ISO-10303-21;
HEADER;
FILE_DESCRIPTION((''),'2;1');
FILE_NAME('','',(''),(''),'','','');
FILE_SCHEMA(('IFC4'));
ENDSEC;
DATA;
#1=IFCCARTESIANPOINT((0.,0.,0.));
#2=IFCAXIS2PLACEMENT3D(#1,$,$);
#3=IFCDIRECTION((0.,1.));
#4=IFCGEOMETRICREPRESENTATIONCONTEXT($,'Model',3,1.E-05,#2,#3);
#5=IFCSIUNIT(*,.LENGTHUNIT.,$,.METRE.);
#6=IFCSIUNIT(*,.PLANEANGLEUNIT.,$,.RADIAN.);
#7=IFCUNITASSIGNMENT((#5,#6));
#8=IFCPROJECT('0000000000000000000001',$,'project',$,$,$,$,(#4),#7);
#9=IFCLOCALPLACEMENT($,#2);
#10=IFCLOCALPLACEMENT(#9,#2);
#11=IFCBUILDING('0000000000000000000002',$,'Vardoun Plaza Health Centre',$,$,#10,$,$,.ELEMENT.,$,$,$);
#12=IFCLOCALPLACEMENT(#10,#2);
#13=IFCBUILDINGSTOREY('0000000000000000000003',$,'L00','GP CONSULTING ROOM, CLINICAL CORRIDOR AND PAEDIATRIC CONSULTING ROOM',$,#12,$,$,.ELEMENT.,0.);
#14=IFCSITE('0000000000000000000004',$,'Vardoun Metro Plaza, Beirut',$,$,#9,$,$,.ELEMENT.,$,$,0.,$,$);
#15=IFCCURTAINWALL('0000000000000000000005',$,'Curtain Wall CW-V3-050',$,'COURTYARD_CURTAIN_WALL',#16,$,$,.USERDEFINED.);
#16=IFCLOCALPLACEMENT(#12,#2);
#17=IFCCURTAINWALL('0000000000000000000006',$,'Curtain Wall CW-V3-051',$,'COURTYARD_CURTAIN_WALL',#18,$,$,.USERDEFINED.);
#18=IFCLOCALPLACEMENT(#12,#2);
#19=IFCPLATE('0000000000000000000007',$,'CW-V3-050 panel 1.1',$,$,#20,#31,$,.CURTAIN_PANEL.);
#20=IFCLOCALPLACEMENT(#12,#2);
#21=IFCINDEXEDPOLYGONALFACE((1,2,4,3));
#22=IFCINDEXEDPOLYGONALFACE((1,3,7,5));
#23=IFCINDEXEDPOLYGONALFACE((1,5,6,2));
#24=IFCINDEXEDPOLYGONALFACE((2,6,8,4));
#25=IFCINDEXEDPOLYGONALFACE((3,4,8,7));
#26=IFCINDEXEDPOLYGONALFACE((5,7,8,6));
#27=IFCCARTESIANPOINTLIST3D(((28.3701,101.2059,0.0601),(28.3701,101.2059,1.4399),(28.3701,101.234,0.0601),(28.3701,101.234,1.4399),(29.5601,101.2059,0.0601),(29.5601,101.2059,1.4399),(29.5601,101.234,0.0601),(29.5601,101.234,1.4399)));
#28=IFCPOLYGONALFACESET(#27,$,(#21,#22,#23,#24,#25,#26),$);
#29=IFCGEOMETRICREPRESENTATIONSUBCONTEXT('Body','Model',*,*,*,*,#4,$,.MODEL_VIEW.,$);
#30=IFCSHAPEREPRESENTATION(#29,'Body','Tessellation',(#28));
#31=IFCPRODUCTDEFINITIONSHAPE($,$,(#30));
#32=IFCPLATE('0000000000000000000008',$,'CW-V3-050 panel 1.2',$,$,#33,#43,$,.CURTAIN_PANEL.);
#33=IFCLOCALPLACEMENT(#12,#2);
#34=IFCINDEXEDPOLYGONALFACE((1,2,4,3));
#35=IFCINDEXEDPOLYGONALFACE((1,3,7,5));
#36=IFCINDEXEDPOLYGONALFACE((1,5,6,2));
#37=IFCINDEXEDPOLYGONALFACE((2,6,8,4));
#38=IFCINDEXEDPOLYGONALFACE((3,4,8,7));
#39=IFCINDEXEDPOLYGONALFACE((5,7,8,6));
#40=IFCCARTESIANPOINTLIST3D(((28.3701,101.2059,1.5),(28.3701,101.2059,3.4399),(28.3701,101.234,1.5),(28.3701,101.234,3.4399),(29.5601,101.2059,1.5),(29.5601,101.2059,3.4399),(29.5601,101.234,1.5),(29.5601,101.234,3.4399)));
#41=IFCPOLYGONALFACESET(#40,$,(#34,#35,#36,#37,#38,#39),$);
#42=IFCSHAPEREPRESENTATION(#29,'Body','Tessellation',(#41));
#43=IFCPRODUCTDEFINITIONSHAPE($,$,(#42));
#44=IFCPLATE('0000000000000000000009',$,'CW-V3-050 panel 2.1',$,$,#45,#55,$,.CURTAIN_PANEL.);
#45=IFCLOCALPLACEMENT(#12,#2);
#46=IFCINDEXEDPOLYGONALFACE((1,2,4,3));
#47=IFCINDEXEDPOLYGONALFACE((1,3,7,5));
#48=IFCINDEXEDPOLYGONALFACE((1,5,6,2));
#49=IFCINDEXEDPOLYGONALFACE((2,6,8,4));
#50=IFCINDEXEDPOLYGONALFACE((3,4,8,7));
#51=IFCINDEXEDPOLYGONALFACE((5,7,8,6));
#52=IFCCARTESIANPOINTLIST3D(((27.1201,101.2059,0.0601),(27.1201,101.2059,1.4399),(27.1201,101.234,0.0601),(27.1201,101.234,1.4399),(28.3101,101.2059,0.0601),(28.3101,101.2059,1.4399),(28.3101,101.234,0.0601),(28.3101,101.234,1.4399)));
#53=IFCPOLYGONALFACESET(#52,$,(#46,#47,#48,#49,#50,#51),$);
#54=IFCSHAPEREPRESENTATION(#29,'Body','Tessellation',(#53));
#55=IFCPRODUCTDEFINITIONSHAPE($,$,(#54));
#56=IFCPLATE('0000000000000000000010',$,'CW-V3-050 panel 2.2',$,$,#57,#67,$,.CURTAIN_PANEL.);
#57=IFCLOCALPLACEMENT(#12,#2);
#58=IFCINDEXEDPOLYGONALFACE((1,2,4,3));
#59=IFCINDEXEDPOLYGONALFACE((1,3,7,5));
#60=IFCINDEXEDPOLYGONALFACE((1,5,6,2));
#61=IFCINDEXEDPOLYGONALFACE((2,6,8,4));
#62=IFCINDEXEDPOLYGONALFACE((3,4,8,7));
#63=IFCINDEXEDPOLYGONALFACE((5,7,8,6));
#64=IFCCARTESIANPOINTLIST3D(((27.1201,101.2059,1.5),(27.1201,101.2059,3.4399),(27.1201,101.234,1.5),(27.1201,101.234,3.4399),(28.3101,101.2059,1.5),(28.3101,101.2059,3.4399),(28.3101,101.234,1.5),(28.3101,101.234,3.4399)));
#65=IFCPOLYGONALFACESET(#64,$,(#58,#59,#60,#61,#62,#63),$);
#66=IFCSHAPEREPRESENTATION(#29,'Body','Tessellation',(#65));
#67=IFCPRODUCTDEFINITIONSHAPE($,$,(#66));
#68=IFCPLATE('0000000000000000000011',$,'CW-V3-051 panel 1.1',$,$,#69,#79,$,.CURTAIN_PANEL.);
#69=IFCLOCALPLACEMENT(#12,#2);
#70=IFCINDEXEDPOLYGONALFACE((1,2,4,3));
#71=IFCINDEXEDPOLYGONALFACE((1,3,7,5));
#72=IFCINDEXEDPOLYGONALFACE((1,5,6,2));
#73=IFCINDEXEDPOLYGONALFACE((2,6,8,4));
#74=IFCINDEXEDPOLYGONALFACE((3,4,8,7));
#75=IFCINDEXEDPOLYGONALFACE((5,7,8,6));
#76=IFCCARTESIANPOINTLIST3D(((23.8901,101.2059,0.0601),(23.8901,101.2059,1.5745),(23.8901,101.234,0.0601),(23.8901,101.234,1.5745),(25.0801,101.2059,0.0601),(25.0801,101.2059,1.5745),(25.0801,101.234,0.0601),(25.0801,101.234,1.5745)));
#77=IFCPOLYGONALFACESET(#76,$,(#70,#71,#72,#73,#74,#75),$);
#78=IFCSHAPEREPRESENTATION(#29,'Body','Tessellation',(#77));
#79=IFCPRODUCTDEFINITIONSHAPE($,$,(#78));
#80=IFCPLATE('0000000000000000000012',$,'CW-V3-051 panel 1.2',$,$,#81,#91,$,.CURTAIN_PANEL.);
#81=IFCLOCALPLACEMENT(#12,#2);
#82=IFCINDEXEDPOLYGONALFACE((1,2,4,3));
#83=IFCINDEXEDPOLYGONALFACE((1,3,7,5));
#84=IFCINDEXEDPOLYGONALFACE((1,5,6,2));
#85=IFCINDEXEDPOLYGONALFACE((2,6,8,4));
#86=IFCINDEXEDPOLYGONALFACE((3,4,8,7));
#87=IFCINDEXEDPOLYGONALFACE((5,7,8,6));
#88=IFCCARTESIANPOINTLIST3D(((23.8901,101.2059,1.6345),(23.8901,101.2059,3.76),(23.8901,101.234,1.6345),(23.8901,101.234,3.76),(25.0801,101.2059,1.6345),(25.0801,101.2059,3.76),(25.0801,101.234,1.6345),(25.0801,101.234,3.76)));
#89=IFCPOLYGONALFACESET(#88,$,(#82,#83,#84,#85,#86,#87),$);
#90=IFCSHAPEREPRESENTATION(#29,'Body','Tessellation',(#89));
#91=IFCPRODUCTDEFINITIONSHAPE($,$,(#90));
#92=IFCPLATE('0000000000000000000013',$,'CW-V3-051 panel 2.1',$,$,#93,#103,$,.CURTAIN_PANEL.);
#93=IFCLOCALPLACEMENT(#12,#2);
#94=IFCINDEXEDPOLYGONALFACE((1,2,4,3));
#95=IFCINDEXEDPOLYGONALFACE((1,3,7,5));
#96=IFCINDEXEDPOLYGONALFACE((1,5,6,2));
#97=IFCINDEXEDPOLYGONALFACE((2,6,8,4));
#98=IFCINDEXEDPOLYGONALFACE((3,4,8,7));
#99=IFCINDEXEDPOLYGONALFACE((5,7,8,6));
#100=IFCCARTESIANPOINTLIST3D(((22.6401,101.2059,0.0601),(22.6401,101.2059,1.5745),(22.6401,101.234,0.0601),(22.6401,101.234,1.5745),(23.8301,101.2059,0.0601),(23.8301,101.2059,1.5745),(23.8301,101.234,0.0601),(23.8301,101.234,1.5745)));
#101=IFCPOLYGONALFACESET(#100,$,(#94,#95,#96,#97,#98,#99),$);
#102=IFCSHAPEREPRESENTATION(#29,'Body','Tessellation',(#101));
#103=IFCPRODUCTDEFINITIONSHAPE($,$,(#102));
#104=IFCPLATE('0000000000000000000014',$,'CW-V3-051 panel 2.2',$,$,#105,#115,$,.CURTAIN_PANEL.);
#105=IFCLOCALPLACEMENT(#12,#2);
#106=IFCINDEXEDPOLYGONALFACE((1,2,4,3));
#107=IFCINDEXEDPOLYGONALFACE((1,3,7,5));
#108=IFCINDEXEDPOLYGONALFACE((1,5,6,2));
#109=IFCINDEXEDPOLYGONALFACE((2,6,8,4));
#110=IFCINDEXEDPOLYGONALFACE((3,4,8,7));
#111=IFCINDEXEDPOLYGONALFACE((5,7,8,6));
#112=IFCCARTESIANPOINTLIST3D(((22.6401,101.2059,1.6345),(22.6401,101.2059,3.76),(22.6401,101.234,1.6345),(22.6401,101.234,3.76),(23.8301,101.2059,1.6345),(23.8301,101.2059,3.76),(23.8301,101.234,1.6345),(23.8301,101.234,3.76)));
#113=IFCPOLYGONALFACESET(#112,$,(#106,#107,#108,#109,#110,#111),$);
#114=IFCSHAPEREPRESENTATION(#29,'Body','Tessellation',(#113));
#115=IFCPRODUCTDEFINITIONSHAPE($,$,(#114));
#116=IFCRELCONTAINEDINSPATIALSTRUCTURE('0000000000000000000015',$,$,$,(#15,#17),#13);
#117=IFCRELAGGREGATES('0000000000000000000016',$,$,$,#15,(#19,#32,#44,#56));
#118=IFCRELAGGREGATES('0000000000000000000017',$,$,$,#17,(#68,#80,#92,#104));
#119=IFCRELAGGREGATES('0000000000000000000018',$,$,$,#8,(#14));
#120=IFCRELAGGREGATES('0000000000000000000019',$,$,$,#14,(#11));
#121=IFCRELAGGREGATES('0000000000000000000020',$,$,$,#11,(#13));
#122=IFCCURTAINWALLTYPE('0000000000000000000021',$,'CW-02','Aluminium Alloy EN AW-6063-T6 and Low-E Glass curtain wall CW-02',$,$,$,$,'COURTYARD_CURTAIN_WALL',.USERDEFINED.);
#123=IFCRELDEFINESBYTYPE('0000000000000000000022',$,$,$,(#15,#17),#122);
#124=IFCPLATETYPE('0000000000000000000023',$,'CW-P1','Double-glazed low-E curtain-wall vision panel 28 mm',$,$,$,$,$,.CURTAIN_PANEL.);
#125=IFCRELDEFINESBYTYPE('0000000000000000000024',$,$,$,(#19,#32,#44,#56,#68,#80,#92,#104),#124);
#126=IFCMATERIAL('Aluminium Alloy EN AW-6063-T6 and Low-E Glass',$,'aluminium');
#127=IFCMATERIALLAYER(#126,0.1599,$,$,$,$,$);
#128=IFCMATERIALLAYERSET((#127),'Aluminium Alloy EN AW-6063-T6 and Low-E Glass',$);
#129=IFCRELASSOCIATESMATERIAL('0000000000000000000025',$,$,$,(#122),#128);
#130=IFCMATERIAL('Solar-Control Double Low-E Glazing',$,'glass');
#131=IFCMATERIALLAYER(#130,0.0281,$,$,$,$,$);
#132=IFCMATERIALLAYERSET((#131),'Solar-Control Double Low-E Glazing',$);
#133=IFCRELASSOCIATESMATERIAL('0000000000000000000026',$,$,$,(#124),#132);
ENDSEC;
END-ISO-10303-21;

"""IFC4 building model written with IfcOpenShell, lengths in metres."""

from ifc_helpers import new_model, si_unit, direction, frame, origin, origin_2d, place, context, subcontext, project, spatial, rectangle, extrude, material, layer, layer_set, type_object, element, aggregate, save


model = new_model("IFC4")

# Units and contexts
model_context = context("Model", 3, precision=1e-05, world=origin(), true_north=direction((0.0, 1.0)))
body_context = subcontext(model_context, "Body", "Model", "MODEL_VIEW")
ifc_project = project(units=[si_unit("LENGTHUNIT", "METRE"), si_unit("PLANEANGLEUNIT", "RADIAN")], contexts=[model_context])

# Site, building, storey
site_placement = place(None, origin())
site = spatial("IfcSite", under=ifc_project, at=site_placement, Name="Vardoun Metro Plaza, Beirut", CompositionType="ELEMENT", RefElevation=0.0)
building_placement = place(site_placement, origin())
building = spatial("IfcBuilding", under=site, at=building_placement, Name="Vardoun Plaza Health Centre", CompositionType="ELEMENT")
storey_placement = place(building_placement, origin())
storey = spatial("IfcBuildingStorey", under=building, at=storey_placement, Name="L00", Description="GP CONSULTING ROOM, CLINICAL CORRIDOR AND PAEDIATRIC CONSULTING ROOM", CompositionType="ELEMENT", Elevation=0.0)

# Curtain walls
ifc_material_1 = material(Name="Aluminium Alloy EN AW-6063-T6 and Low-E Glass", Category="aluminium")
ifc_layer_1 = layer(ifc_material_1, 0.1599)
ifc_layer_set_1 = layer_set([ifc_layer_1], Name="Aluminium Alloy EN AW-6063-T6 and Low-E Glass")
curtain_wall_type = type_object("IfcCurtainWallType", Name="CW-02", Description="Aluminium Alloy EN AW-6063-T6 and Low-E Glass curtain wall CW-02", ElementType="COURTYARD_CURTAIN_WALL", PredefinedType="USERDEFINED", material=ifc_layer_set_1)
curtain_wall_1_placement = place(storey_placement, origin())
curtain_wall_1 = element("IfcCurtainWall", 1, at=curtain_wall_1_placement, inside=storey, type_object=curtain_wall_type, Name="Curtain Wall CW-V3-050", ObjectType="COURTYARD_CURTAIN_WALL", PredefinedType="USERDEFINED")
curtain_wall_2_placement = place(storey_placement, origin())
curtain_wall_2 = element("IfcCurtainWall", 2, at=curtain_wall_2_placement, inside=storey, type_object=curtain_wall_type, Name="Curtain Wall CW-V3-051", ObjectType="COURTYARD_CURTAIN_WALL", PredefinedType="USERDEFINED")

# Plates
ifc_material_2 = material(Name="Solar-Control Double Low-E Glazing", Category="glass")
ifc_layer_2 = layer(ifc_material_2, 0.0281)
ifc_layer_set_2 = layer_set([ifc_layer_2], Name="Solar-Control Double Low-E Glazing")
plate_type = type_object("IfcPlateType", Name="CW-P1", Description="Double-glazed low-E curtain-wall vision panel 28 mm", PredefinedType="CURTAIN_PANEL", material=ifc_layer_set_2)
plate_1_placement = place(storey_placement, frame((28.9651, 101.22, 0.0601), z_axis=(0.0, 0.0, 1.0), x_axis=(-1.0, 0.0, 0.0)))
plate_1 = element("IfcPlate", 3, at=plate_1_placement, type_object=plate_type, Name="CW-V3-050 panel 1.1", PredefinedType="CURTAIN_PANEL", context=body_context, shape_type="SweptSolid", body=[
    extrude(rectangle(XDim=1.1899, YDim=0.0281, at=origin_2d()), origin(), (0.0, 0.0, 1.0), 1.3799),
])
plate_2_placement = place(storey_placement, frame((28.9651, 101.22, 1.5), z_axis=(0.0, 0.0, 1.0), x_axis=(-1.0, 0.0, 0.0)))
plate_2 = element("IfcPlate", 4, at=plate_2_placement, type_object=plate_type, Name="CW-V3-050 panel 1.2", PredefinedType="CURTAIN_PANEL", context=body_context, shape_type="SweptSolid", body=[
    extrude(rectangle(XDim=1.1899, YDim=0.0281, at=origin_2d()), origin(), (0.0, 0.0, 1.0), 1.9399),
])
plate_3_placement = place(storey_placement, frame((27.7151, 101.22, 0.0601), z_axis=(0.0, 0.0, 1.0), x_axis=(-1.0, 0.0, 0.0)))
plate_3 = element("IfcPlate", 5, at=plate_3_placement, type_object=plate_type, Name="CW-V3-050 panel 2.1", PredefinedType="CURTAIN_PANEL", context=body_context, shape_type="SweptSolid", body=[
    extrude(rectangle(XDim=1.1899, YDim=0.0281, at=origin_2d()), origin(), (0.0, 0.0, 1.0), 1.3799),
])
plate_4_placement = place(storey_placement, frame((27.7151, 101.22, 1.5), z_axis=(0.0, 0.0, 1.0), x_axis=(-1.0, 0.0, 0.0)))
plate_4 = element("IfcPlate", 6, at=plate_4_placement, type_object=plate_type, Name="CW-V3-050 panel 2.2", PredefinedType="CURTAIN_PANEL", context=body_context, shape_type="SweptSolid", body=[
    extrude(rectangle(XDim=1.1899, YDim=0.0281, at=origin_2d()), origin(), (0.0, 0.0, 1.0), 1.9399),
])
aggregate(curtain_wall_1, [plate_1, plate_2, plate_3, plate_4])
plate_5_placement = place(storey_placement, frame((24.4851, 101.22, 0.0601), z_axis=(0.0, 0.0, 1.0), x_axis=(-1.0, 0.0, 0.0)))
plate_5 = element("IfcPlate", 7, at=plate_5_placement, type_object=plate_type, Name="CW-V3-051 panel 1.1", PredefinedType="CURTAIN_PANEL", context=body_context, shape_type="SweptSolid", body=[
    extrude(rectangle(XDim=1.1899, YDim=0.0281, at=origin_2d()), origin(), (0.0, 0.0, 1.0), 1.5144),
])
plate_6_placement = place(storey_placement, frame((24.4851, 101.22, 1.6345), z_axis=(0.0, 0.0, 1.0), x_axis=(-1.0, 0.0, 0.0)))
plate_6 = element("IfcPlate", 8, at=plate_6_placement, type_object=plate_type, Name="CW-V3-051 panel 1.2", PredefinedType="CURTAIN_PANEL", context=body_context, shape_type="SweptSolid", body=[
    extrude(rectangle(XDim=1.1899, YDim=0.0281, at=origin_2d()), origin(), (0.0, 0.0, 1.0), 2.1255),
])
plate_7_placement = place(storey_placement, frame((23.2351, 101.22, 0.0601), z_axis=(0.0, 0.0, 1.0), x_axis=(-1.0, 0.0, 0.0)))
plate_7 = element("IfcPlate", 9, at=plate_7_placement, type_object=plate_type, Name="CW-V3-051 panel 2.1", PredefinedType="CURTAIN_PANEL", context=body_context, shape_type="SweptSolid", body=[
    extrude(rectangle(XDim=1.1899, YDim=0.0281, at=origin_2d()), origin(), (0.0, 0.0, 1.0), 1.5144),
])
plate_8_placement = place(storey_placement, frame((23.2351, 101.22, 1.6345), z_axis=(0.0, 0.0, 1.0), x_axis=(-1.0, 0.0, 0.0)))
plate_8 = element("IfcPlate", 10, at=plate_8_placement, type_object=plate_type, Name="CW-V3-051 panel 2.2", PredefinedType="CURTAIN_PANEL", context=body_context, shape_type="SweptSolid", body=[
    extrude(rectangle(XDim=1.1899, YDim=0.0281, at=origin_2d()), origin(), (0.0, 0.0, 1.0), 2.1255),
])
aggregate(curtain_wall_2, [plate_5, plate_6, plate_7, plate_8])

save(model, "model.ifc")
